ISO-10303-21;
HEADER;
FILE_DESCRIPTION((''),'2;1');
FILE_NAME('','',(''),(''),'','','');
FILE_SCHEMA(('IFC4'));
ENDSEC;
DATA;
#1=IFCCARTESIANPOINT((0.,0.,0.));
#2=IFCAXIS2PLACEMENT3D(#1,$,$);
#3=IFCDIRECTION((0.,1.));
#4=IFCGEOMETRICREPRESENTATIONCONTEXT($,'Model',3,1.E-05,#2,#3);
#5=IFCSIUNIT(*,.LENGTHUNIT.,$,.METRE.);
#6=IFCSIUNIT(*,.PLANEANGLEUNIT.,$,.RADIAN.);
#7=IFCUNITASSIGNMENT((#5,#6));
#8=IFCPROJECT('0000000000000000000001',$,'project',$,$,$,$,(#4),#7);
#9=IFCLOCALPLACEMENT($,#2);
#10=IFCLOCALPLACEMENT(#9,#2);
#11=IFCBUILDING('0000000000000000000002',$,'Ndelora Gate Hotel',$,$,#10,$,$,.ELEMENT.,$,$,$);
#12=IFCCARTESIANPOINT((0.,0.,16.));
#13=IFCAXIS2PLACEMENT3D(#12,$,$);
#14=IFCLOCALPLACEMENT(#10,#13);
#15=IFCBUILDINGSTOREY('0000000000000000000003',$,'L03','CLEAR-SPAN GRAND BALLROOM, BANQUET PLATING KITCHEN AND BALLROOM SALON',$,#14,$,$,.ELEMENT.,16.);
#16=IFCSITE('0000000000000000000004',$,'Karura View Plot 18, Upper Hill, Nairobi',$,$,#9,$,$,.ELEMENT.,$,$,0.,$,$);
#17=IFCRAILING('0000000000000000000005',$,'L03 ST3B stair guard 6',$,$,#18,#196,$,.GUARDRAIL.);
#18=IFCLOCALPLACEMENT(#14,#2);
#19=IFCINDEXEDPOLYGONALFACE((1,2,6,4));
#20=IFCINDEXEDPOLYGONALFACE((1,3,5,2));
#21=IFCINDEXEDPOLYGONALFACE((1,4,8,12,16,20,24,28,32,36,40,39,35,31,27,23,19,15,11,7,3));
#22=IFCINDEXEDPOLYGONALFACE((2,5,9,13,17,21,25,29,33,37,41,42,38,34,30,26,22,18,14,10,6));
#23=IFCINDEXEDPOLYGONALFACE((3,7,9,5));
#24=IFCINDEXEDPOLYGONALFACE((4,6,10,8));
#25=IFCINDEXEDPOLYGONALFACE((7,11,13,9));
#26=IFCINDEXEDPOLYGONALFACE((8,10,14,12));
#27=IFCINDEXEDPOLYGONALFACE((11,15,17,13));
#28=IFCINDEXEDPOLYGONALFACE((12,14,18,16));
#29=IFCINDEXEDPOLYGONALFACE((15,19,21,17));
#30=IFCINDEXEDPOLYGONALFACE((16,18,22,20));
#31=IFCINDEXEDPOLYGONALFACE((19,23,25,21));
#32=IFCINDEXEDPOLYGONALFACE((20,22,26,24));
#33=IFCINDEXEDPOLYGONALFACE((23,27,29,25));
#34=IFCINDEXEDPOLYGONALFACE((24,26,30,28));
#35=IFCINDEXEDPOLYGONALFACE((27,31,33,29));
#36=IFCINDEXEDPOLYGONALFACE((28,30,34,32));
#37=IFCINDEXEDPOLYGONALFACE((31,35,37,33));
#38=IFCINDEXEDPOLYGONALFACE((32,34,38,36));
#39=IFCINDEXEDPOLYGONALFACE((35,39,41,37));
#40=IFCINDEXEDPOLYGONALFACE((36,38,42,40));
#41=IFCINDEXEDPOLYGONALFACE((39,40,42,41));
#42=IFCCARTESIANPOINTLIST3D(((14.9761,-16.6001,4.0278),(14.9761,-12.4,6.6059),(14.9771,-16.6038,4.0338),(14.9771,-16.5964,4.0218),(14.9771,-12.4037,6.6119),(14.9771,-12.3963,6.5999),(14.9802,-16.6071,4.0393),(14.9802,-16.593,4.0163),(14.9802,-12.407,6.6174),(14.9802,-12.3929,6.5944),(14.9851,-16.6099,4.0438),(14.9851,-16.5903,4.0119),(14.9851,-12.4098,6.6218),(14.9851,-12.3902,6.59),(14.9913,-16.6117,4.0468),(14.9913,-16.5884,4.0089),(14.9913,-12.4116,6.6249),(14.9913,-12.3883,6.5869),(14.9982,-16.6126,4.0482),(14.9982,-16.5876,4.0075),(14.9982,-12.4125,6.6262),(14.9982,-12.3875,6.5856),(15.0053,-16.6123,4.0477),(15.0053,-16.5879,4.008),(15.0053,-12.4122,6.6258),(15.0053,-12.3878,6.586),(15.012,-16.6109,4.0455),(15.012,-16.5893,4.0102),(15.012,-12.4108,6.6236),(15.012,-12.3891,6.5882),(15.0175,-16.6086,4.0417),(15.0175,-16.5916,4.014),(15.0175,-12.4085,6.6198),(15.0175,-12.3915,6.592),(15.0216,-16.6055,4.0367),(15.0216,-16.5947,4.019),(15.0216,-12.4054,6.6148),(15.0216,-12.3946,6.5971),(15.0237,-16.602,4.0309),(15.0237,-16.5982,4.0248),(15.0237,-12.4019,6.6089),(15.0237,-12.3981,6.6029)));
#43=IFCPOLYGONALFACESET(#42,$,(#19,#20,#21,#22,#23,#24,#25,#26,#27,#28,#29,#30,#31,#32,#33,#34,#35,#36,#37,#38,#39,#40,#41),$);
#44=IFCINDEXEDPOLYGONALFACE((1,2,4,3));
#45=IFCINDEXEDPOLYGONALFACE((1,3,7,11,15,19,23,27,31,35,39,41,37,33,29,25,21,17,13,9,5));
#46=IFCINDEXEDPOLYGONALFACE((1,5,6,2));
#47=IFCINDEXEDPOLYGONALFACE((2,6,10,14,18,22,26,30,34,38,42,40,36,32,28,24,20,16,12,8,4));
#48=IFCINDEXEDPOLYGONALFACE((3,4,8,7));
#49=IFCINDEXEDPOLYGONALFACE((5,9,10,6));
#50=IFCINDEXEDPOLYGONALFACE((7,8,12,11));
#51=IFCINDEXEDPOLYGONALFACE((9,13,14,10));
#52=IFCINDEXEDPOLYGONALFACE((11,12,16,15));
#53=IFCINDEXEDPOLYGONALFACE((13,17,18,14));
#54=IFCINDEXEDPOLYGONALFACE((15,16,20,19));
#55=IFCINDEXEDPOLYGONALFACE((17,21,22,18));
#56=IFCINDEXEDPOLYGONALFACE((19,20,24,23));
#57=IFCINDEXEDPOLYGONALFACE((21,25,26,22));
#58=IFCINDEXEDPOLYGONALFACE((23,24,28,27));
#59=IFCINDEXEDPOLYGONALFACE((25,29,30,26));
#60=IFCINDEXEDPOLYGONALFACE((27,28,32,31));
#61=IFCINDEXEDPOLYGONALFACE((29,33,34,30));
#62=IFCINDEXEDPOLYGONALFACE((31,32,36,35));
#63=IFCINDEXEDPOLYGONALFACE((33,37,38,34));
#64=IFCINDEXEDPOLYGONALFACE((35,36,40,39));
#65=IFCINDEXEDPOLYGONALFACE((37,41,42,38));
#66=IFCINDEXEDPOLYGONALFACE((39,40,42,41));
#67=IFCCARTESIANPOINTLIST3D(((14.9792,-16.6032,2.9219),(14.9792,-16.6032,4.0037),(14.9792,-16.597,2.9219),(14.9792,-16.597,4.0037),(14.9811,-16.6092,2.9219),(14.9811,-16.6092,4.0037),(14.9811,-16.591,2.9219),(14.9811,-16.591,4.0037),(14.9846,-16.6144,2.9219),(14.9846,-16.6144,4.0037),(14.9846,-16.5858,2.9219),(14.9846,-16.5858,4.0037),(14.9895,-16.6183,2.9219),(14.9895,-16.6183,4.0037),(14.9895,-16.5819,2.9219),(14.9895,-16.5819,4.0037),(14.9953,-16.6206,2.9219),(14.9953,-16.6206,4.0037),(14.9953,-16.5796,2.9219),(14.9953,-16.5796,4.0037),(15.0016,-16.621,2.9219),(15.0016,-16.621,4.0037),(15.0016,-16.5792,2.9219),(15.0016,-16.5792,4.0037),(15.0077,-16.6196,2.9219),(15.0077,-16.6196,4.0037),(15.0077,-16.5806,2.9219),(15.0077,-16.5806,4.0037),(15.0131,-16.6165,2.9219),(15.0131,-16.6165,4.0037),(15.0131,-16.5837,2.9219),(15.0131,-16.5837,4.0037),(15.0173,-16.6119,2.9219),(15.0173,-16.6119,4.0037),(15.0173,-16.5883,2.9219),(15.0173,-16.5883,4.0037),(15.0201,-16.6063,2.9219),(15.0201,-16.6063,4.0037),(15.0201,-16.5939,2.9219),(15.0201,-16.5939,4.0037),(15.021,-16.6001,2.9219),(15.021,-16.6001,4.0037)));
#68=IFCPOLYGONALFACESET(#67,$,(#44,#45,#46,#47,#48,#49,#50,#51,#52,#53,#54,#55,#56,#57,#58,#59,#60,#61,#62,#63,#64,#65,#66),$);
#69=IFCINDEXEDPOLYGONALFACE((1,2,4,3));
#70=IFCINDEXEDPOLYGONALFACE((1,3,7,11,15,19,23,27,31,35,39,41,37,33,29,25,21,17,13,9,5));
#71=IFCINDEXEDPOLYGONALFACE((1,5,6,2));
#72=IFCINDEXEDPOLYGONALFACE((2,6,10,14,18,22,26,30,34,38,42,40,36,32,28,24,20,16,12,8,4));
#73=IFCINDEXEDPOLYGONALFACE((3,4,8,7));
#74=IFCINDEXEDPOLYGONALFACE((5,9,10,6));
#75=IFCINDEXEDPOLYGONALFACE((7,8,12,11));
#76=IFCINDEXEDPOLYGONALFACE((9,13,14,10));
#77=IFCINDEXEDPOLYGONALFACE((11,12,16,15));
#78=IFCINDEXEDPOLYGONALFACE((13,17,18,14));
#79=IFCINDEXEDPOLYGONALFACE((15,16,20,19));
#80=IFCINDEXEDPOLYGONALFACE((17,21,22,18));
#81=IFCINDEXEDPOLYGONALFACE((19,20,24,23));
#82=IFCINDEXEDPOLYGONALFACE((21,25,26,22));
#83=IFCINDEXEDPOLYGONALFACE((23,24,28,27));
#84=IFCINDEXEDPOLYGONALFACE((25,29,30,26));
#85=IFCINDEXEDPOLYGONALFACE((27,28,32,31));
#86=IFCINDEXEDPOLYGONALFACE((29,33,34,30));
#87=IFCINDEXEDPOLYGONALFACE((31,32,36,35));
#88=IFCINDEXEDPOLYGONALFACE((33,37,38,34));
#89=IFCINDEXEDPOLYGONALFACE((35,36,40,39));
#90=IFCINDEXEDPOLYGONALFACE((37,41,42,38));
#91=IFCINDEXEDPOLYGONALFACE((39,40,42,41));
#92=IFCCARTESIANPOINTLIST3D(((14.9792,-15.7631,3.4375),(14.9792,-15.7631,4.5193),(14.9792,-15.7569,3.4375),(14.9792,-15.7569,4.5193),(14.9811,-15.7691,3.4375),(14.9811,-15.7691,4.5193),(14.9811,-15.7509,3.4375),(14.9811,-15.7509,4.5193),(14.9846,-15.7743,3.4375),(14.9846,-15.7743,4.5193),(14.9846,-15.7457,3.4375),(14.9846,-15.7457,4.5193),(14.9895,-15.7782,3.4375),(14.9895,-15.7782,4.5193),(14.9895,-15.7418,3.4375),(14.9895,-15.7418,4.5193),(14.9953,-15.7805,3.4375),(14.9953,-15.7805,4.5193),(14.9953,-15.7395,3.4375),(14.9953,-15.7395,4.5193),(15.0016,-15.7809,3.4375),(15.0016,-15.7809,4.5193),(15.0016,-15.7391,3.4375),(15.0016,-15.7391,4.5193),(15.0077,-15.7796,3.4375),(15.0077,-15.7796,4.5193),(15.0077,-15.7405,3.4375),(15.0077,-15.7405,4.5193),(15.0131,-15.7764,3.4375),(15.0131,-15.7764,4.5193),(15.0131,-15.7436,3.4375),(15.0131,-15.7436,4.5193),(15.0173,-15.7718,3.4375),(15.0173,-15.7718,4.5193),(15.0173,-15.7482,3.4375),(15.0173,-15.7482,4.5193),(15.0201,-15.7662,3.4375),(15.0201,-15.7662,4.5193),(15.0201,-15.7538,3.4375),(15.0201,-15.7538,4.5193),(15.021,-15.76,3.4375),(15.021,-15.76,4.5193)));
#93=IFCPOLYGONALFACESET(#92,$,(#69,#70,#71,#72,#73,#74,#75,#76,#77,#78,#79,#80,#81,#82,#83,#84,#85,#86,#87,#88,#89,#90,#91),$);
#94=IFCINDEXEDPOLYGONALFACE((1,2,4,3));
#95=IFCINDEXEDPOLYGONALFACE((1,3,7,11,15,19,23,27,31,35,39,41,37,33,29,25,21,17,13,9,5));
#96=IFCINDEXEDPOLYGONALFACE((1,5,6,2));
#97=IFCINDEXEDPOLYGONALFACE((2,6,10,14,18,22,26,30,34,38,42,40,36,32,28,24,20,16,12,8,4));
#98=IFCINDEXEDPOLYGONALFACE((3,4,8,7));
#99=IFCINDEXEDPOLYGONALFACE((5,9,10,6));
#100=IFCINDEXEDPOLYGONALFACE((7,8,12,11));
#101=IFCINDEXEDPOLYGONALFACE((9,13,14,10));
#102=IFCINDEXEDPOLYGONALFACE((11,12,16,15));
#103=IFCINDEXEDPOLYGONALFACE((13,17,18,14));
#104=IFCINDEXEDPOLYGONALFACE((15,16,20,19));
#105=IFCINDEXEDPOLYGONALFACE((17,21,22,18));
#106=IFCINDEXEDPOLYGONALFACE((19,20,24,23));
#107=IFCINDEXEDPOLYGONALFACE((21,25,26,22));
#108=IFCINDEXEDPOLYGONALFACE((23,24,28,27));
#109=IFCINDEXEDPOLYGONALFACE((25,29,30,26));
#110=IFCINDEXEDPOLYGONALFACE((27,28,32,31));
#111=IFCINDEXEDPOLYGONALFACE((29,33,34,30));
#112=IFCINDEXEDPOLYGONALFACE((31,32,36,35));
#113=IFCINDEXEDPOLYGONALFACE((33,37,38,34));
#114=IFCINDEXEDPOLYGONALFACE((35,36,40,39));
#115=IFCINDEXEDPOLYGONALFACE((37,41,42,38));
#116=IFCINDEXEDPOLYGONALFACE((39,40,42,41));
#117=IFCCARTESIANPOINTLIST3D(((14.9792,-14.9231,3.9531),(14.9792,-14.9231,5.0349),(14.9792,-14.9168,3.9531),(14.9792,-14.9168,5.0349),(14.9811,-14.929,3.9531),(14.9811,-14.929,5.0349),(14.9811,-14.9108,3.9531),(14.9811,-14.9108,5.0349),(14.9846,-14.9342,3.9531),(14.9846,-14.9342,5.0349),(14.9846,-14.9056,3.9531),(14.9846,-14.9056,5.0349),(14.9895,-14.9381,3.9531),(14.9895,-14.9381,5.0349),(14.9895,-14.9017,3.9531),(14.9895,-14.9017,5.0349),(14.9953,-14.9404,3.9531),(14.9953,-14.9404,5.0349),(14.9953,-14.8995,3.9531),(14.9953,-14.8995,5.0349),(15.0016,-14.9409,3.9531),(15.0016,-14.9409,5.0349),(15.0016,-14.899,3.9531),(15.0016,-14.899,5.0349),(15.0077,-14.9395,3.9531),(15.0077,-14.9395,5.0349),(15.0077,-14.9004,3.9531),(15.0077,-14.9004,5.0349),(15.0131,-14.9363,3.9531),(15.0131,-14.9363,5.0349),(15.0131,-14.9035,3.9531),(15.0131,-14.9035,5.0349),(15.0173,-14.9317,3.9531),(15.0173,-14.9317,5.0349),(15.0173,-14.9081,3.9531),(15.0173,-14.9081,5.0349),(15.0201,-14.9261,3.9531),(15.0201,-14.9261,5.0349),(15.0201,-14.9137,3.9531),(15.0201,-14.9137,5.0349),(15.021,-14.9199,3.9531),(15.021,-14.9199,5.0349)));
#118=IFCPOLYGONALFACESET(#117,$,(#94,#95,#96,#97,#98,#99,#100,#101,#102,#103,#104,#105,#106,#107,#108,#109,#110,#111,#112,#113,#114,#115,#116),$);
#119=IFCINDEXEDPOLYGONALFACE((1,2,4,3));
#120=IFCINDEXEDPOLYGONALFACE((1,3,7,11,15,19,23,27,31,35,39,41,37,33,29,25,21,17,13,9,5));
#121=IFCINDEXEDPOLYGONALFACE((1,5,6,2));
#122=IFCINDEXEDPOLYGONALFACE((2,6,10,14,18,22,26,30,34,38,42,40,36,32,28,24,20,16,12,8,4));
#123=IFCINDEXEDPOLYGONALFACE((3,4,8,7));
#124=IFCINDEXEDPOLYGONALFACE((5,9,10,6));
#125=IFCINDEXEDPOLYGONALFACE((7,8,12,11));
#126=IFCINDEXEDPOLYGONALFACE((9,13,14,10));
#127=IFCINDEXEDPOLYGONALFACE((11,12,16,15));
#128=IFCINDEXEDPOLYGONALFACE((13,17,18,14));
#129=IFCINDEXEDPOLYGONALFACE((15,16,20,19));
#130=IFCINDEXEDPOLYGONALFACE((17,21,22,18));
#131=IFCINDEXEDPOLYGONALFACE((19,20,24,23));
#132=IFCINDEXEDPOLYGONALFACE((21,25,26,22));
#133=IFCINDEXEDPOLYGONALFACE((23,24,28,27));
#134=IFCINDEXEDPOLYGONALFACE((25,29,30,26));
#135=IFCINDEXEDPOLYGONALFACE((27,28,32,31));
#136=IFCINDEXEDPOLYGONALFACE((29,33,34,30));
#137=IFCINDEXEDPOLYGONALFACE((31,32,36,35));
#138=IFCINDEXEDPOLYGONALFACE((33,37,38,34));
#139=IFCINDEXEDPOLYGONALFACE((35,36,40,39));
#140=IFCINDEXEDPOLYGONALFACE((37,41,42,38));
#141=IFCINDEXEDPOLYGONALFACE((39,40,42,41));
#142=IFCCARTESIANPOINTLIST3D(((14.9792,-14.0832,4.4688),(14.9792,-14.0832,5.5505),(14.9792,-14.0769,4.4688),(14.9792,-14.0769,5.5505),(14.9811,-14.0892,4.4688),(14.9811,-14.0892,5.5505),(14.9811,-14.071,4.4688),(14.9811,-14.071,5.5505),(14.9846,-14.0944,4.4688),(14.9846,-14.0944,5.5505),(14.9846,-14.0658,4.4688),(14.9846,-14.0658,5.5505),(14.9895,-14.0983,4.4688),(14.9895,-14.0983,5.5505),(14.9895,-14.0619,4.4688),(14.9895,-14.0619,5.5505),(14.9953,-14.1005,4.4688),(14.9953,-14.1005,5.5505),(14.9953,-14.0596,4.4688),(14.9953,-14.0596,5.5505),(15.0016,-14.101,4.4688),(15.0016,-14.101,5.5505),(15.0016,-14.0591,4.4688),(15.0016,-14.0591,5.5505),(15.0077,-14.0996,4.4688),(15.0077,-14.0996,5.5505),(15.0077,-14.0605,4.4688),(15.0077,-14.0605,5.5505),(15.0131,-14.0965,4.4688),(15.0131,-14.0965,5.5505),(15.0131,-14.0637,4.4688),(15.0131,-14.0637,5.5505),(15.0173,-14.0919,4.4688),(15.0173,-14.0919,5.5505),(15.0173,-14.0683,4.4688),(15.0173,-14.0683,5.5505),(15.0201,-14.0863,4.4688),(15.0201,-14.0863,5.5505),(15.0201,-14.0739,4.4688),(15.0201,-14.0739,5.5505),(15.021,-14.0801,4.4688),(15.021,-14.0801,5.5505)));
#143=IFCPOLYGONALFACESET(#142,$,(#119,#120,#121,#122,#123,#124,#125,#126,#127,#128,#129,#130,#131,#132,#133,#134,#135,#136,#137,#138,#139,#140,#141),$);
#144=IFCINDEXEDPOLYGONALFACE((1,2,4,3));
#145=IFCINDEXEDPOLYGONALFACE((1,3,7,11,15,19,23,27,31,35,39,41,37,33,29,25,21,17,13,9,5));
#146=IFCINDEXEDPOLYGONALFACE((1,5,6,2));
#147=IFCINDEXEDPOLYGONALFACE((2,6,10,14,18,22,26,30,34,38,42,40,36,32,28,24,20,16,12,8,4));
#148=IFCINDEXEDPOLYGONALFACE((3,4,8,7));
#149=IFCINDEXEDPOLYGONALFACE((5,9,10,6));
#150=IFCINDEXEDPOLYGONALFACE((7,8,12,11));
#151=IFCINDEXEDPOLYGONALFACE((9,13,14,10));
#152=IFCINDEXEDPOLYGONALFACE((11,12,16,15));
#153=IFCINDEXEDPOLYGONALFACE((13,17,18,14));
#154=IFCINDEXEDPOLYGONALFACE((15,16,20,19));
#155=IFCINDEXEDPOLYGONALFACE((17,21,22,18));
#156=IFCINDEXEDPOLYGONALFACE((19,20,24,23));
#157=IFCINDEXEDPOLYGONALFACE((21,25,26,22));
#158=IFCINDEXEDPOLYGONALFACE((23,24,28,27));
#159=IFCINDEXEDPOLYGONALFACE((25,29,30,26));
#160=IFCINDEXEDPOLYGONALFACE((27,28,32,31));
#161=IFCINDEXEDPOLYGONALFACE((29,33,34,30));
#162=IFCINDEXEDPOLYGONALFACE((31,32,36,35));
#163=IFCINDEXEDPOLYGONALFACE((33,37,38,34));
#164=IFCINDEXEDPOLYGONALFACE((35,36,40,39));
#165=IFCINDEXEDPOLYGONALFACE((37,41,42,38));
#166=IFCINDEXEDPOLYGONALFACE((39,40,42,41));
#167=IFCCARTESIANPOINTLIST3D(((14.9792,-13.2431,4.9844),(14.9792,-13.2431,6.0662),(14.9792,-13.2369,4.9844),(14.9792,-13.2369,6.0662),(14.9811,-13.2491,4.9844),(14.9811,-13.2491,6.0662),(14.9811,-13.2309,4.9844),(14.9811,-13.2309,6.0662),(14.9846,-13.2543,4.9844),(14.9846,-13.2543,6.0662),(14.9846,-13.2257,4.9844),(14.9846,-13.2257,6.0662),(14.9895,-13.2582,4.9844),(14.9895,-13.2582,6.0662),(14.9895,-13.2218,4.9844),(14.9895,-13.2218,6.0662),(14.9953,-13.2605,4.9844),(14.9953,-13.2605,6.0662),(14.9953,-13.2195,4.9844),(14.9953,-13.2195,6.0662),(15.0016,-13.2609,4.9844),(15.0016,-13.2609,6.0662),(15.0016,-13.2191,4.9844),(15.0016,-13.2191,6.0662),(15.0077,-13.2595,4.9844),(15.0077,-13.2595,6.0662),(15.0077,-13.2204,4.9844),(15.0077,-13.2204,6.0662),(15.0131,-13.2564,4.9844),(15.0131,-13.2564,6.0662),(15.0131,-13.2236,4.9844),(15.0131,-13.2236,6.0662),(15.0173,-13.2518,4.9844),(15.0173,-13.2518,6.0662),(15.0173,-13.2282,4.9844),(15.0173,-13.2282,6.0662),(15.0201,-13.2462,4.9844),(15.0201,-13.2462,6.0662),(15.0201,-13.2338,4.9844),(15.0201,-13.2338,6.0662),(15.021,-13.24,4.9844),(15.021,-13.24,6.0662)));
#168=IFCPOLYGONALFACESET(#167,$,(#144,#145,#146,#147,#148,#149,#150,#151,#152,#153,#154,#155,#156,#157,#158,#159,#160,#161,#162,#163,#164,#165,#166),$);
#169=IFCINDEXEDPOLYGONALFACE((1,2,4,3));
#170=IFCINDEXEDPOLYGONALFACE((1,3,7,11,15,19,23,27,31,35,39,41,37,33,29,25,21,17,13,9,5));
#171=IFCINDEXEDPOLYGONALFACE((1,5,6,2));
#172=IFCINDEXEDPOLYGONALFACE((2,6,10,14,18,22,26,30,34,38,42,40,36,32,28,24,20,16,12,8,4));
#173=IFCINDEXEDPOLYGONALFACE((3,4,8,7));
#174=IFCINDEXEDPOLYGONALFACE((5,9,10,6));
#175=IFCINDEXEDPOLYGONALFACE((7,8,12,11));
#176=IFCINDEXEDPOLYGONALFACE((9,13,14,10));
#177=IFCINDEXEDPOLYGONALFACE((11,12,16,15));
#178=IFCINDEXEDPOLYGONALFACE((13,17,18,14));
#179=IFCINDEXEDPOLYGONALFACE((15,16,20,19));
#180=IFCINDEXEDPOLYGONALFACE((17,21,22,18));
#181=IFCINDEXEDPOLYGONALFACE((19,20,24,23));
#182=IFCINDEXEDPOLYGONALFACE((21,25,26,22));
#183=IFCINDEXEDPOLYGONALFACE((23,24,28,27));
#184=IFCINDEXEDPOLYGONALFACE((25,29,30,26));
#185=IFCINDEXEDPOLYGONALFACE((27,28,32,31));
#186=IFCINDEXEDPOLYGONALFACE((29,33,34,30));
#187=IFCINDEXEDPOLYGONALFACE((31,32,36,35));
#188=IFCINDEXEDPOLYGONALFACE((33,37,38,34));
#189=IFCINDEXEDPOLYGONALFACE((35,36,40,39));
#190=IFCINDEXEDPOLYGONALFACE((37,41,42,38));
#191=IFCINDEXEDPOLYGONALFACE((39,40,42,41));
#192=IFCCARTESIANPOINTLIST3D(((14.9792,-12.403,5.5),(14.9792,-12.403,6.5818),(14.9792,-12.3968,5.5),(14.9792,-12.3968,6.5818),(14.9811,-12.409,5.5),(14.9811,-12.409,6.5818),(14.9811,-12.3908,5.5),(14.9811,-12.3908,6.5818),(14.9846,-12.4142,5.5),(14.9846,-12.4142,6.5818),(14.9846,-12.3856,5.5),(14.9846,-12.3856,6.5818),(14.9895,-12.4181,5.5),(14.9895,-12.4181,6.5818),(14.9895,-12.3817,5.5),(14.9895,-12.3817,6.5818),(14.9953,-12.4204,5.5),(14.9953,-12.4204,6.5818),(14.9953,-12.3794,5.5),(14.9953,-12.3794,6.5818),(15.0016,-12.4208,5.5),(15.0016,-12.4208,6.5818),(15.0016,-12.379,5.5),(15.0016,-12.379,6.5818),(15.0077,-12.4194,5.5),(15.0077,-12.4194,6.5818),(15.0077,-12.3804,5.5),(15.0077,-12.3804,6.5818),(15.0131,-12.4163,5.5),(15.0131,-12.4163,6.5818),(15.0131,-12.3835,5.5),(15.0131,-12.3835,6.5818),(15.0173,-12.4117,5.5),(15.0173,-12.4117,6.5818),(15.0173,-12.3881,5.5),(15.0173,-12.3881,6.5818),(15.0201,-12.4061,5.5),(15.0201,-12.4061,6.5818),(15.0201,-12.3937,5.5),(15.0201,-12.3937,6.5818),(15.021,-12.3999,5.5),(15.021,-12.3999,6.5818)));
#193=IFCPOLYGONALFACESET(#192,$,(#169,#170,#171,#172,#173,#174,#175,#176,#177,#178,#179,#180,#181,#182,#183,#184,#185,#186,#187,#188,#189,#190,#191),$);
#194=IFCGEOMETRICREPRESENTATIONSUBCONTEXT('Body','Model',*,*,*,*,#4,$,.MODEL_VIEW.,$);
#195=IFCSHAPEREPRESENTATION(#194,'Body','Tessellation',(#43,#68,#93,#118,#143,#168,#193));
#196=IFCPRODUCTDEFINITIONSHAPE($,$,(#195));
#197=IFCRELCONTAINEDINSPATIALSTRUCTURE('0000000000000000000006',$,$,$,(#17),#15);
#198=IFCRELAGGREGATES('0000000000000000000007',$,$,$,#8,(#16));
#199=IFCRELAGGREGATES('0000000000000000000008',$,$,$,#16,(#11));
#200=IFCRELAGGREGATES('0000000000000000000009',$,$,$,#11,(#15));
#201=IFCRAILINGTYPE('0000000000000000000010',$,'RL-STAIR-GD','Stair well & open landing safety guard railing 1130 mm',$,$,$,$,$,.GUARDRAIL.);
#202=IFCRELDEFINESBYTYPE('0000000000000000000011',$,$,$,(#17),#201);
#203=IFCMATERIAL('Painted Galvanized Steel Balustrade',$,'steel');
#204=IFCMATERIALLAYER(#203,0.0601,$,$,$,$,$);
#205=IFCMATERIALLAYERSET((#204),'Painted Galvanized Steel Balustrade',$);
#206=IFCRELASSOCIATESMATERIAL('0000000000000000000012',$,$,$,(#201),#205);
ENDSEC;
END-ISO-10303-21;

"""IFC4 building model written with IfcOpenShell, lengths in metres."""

from ifc_helpers import new_model, si_unit, direction, frame, origin, origin_2d, place, context, subcontext, project, spatial, circle, extrude, material, layer, layer_set, type_object, element, save


model = new_model("IFC4")

# Units and contexts
model_context = context("Model", 3, precision=1e-05, world=origin(), true_north=direction((0.0, 1.0)))
body_context = subcontext(model_context, "Body", "Model", "MODEL_VIEW")
ifc_project = project(units=[si_unit("LENGTHUNIT", "METRE"), si_unit("PLANEANGLEUNIT", "RADIAN")], contexts=[model_context])

# Site, building, storey
site_placement = place(None, origin())
site = spatial("IfcSite", under=ifc_project, at=site_placement, Name="Karura View Plot 18, Upper Hill, Nairobi", CompositionType="ELEMENT", RefElevation=0.0)
building_placement = place(site_placement, origin())
building = spatial("IfcBuilding", under=site, at=building_placement, Name="Ndelora Gate Hotel", CompositionType="ELEMENT")
storey_placement = place(building_placement, frame((0.0, 0.0, 16.0)))
storey = spatial("IfcBuildingStorey", under=building, at=storey_placement, Name="L03", Description="CLEAR-SPAN GRAND BALLROOM, BANQUET PLATING KITCHEN AND BALLROOM SALON", CompositionType="ELEMENT", Elevation=16.0)

# Railing
ifc_material_1 = material(Name="Painted Galvanized Steel Balustrade", Category="steel")
ifc_layer_1 = layer(ifc_material_1, 0.0601)
ifc_layer_set_1 = layer_set([ifc_layer_1], Name="Painted Galvanized Steel Balustrade")
railing_type_1 = type_object("IfcRailingType", Name="RL-STAIR-GD", Description="Stair well & open landing safety guard railing 1130 mm", PredefinedType="GUARDRAIL", material=ifc_layer_set_1)
railing_1_placement = place(storey_placement, frame((15.0, -16.6001, 2.9219)))
element("IfcRailing", 1, at=railing_1_placement, inside=storey, type_object=railing_type_1, Name="L03 ST3B stair guard 6", PredefinedType="GUARDRAIL", context=body_context, shape_type="SweptSolid", body=[
    extrude(circle(Radius=0.0239, at=origin_2d()), frame((0.0, 0.0, 1.106), z_axis=(0.0, 0.852256, 0.523124), x_axis=(-1.0, 0.0, 0.0)), (0.0, 0.0, 1.0), 4.9282),
    extrude(circle(Radius=0.021, at=origin_2d()), origin(), (0.0, 0.0, 1.0), 1.0818),
    extrude(circle(Radius=0.021, at=origin_2d()), frame((0.0, 0.8401, 0.5156)), (0.0, 0.0, 1.0), 1.0818),
    extrude(circle(Radius=0.021, at=origin_2d()), frame((0.0, 1.6802, 1.0312)), (0.0, 0.0, 1.0), 1.0818),
    extrude(circle(Radius=0.021, at=origin_2d()), frame((0.0, 2.52, 1.5469)), (0.0, 0.0, 1.0), 1.0818),
    extrude(circle(Radius=0.021, at=origin_2d()), frame((0.0, 3.3601, 2.0625)), (0.0, 0.0, 1.0), 1.0818),
    extrude(circle(Radius=0.021, at=origin_2d()), frame((0.0, 4.2002, 2.5781)), (0.0, 0.0, 1.0), 1.0818),
])

save(model, "model.ifc")
